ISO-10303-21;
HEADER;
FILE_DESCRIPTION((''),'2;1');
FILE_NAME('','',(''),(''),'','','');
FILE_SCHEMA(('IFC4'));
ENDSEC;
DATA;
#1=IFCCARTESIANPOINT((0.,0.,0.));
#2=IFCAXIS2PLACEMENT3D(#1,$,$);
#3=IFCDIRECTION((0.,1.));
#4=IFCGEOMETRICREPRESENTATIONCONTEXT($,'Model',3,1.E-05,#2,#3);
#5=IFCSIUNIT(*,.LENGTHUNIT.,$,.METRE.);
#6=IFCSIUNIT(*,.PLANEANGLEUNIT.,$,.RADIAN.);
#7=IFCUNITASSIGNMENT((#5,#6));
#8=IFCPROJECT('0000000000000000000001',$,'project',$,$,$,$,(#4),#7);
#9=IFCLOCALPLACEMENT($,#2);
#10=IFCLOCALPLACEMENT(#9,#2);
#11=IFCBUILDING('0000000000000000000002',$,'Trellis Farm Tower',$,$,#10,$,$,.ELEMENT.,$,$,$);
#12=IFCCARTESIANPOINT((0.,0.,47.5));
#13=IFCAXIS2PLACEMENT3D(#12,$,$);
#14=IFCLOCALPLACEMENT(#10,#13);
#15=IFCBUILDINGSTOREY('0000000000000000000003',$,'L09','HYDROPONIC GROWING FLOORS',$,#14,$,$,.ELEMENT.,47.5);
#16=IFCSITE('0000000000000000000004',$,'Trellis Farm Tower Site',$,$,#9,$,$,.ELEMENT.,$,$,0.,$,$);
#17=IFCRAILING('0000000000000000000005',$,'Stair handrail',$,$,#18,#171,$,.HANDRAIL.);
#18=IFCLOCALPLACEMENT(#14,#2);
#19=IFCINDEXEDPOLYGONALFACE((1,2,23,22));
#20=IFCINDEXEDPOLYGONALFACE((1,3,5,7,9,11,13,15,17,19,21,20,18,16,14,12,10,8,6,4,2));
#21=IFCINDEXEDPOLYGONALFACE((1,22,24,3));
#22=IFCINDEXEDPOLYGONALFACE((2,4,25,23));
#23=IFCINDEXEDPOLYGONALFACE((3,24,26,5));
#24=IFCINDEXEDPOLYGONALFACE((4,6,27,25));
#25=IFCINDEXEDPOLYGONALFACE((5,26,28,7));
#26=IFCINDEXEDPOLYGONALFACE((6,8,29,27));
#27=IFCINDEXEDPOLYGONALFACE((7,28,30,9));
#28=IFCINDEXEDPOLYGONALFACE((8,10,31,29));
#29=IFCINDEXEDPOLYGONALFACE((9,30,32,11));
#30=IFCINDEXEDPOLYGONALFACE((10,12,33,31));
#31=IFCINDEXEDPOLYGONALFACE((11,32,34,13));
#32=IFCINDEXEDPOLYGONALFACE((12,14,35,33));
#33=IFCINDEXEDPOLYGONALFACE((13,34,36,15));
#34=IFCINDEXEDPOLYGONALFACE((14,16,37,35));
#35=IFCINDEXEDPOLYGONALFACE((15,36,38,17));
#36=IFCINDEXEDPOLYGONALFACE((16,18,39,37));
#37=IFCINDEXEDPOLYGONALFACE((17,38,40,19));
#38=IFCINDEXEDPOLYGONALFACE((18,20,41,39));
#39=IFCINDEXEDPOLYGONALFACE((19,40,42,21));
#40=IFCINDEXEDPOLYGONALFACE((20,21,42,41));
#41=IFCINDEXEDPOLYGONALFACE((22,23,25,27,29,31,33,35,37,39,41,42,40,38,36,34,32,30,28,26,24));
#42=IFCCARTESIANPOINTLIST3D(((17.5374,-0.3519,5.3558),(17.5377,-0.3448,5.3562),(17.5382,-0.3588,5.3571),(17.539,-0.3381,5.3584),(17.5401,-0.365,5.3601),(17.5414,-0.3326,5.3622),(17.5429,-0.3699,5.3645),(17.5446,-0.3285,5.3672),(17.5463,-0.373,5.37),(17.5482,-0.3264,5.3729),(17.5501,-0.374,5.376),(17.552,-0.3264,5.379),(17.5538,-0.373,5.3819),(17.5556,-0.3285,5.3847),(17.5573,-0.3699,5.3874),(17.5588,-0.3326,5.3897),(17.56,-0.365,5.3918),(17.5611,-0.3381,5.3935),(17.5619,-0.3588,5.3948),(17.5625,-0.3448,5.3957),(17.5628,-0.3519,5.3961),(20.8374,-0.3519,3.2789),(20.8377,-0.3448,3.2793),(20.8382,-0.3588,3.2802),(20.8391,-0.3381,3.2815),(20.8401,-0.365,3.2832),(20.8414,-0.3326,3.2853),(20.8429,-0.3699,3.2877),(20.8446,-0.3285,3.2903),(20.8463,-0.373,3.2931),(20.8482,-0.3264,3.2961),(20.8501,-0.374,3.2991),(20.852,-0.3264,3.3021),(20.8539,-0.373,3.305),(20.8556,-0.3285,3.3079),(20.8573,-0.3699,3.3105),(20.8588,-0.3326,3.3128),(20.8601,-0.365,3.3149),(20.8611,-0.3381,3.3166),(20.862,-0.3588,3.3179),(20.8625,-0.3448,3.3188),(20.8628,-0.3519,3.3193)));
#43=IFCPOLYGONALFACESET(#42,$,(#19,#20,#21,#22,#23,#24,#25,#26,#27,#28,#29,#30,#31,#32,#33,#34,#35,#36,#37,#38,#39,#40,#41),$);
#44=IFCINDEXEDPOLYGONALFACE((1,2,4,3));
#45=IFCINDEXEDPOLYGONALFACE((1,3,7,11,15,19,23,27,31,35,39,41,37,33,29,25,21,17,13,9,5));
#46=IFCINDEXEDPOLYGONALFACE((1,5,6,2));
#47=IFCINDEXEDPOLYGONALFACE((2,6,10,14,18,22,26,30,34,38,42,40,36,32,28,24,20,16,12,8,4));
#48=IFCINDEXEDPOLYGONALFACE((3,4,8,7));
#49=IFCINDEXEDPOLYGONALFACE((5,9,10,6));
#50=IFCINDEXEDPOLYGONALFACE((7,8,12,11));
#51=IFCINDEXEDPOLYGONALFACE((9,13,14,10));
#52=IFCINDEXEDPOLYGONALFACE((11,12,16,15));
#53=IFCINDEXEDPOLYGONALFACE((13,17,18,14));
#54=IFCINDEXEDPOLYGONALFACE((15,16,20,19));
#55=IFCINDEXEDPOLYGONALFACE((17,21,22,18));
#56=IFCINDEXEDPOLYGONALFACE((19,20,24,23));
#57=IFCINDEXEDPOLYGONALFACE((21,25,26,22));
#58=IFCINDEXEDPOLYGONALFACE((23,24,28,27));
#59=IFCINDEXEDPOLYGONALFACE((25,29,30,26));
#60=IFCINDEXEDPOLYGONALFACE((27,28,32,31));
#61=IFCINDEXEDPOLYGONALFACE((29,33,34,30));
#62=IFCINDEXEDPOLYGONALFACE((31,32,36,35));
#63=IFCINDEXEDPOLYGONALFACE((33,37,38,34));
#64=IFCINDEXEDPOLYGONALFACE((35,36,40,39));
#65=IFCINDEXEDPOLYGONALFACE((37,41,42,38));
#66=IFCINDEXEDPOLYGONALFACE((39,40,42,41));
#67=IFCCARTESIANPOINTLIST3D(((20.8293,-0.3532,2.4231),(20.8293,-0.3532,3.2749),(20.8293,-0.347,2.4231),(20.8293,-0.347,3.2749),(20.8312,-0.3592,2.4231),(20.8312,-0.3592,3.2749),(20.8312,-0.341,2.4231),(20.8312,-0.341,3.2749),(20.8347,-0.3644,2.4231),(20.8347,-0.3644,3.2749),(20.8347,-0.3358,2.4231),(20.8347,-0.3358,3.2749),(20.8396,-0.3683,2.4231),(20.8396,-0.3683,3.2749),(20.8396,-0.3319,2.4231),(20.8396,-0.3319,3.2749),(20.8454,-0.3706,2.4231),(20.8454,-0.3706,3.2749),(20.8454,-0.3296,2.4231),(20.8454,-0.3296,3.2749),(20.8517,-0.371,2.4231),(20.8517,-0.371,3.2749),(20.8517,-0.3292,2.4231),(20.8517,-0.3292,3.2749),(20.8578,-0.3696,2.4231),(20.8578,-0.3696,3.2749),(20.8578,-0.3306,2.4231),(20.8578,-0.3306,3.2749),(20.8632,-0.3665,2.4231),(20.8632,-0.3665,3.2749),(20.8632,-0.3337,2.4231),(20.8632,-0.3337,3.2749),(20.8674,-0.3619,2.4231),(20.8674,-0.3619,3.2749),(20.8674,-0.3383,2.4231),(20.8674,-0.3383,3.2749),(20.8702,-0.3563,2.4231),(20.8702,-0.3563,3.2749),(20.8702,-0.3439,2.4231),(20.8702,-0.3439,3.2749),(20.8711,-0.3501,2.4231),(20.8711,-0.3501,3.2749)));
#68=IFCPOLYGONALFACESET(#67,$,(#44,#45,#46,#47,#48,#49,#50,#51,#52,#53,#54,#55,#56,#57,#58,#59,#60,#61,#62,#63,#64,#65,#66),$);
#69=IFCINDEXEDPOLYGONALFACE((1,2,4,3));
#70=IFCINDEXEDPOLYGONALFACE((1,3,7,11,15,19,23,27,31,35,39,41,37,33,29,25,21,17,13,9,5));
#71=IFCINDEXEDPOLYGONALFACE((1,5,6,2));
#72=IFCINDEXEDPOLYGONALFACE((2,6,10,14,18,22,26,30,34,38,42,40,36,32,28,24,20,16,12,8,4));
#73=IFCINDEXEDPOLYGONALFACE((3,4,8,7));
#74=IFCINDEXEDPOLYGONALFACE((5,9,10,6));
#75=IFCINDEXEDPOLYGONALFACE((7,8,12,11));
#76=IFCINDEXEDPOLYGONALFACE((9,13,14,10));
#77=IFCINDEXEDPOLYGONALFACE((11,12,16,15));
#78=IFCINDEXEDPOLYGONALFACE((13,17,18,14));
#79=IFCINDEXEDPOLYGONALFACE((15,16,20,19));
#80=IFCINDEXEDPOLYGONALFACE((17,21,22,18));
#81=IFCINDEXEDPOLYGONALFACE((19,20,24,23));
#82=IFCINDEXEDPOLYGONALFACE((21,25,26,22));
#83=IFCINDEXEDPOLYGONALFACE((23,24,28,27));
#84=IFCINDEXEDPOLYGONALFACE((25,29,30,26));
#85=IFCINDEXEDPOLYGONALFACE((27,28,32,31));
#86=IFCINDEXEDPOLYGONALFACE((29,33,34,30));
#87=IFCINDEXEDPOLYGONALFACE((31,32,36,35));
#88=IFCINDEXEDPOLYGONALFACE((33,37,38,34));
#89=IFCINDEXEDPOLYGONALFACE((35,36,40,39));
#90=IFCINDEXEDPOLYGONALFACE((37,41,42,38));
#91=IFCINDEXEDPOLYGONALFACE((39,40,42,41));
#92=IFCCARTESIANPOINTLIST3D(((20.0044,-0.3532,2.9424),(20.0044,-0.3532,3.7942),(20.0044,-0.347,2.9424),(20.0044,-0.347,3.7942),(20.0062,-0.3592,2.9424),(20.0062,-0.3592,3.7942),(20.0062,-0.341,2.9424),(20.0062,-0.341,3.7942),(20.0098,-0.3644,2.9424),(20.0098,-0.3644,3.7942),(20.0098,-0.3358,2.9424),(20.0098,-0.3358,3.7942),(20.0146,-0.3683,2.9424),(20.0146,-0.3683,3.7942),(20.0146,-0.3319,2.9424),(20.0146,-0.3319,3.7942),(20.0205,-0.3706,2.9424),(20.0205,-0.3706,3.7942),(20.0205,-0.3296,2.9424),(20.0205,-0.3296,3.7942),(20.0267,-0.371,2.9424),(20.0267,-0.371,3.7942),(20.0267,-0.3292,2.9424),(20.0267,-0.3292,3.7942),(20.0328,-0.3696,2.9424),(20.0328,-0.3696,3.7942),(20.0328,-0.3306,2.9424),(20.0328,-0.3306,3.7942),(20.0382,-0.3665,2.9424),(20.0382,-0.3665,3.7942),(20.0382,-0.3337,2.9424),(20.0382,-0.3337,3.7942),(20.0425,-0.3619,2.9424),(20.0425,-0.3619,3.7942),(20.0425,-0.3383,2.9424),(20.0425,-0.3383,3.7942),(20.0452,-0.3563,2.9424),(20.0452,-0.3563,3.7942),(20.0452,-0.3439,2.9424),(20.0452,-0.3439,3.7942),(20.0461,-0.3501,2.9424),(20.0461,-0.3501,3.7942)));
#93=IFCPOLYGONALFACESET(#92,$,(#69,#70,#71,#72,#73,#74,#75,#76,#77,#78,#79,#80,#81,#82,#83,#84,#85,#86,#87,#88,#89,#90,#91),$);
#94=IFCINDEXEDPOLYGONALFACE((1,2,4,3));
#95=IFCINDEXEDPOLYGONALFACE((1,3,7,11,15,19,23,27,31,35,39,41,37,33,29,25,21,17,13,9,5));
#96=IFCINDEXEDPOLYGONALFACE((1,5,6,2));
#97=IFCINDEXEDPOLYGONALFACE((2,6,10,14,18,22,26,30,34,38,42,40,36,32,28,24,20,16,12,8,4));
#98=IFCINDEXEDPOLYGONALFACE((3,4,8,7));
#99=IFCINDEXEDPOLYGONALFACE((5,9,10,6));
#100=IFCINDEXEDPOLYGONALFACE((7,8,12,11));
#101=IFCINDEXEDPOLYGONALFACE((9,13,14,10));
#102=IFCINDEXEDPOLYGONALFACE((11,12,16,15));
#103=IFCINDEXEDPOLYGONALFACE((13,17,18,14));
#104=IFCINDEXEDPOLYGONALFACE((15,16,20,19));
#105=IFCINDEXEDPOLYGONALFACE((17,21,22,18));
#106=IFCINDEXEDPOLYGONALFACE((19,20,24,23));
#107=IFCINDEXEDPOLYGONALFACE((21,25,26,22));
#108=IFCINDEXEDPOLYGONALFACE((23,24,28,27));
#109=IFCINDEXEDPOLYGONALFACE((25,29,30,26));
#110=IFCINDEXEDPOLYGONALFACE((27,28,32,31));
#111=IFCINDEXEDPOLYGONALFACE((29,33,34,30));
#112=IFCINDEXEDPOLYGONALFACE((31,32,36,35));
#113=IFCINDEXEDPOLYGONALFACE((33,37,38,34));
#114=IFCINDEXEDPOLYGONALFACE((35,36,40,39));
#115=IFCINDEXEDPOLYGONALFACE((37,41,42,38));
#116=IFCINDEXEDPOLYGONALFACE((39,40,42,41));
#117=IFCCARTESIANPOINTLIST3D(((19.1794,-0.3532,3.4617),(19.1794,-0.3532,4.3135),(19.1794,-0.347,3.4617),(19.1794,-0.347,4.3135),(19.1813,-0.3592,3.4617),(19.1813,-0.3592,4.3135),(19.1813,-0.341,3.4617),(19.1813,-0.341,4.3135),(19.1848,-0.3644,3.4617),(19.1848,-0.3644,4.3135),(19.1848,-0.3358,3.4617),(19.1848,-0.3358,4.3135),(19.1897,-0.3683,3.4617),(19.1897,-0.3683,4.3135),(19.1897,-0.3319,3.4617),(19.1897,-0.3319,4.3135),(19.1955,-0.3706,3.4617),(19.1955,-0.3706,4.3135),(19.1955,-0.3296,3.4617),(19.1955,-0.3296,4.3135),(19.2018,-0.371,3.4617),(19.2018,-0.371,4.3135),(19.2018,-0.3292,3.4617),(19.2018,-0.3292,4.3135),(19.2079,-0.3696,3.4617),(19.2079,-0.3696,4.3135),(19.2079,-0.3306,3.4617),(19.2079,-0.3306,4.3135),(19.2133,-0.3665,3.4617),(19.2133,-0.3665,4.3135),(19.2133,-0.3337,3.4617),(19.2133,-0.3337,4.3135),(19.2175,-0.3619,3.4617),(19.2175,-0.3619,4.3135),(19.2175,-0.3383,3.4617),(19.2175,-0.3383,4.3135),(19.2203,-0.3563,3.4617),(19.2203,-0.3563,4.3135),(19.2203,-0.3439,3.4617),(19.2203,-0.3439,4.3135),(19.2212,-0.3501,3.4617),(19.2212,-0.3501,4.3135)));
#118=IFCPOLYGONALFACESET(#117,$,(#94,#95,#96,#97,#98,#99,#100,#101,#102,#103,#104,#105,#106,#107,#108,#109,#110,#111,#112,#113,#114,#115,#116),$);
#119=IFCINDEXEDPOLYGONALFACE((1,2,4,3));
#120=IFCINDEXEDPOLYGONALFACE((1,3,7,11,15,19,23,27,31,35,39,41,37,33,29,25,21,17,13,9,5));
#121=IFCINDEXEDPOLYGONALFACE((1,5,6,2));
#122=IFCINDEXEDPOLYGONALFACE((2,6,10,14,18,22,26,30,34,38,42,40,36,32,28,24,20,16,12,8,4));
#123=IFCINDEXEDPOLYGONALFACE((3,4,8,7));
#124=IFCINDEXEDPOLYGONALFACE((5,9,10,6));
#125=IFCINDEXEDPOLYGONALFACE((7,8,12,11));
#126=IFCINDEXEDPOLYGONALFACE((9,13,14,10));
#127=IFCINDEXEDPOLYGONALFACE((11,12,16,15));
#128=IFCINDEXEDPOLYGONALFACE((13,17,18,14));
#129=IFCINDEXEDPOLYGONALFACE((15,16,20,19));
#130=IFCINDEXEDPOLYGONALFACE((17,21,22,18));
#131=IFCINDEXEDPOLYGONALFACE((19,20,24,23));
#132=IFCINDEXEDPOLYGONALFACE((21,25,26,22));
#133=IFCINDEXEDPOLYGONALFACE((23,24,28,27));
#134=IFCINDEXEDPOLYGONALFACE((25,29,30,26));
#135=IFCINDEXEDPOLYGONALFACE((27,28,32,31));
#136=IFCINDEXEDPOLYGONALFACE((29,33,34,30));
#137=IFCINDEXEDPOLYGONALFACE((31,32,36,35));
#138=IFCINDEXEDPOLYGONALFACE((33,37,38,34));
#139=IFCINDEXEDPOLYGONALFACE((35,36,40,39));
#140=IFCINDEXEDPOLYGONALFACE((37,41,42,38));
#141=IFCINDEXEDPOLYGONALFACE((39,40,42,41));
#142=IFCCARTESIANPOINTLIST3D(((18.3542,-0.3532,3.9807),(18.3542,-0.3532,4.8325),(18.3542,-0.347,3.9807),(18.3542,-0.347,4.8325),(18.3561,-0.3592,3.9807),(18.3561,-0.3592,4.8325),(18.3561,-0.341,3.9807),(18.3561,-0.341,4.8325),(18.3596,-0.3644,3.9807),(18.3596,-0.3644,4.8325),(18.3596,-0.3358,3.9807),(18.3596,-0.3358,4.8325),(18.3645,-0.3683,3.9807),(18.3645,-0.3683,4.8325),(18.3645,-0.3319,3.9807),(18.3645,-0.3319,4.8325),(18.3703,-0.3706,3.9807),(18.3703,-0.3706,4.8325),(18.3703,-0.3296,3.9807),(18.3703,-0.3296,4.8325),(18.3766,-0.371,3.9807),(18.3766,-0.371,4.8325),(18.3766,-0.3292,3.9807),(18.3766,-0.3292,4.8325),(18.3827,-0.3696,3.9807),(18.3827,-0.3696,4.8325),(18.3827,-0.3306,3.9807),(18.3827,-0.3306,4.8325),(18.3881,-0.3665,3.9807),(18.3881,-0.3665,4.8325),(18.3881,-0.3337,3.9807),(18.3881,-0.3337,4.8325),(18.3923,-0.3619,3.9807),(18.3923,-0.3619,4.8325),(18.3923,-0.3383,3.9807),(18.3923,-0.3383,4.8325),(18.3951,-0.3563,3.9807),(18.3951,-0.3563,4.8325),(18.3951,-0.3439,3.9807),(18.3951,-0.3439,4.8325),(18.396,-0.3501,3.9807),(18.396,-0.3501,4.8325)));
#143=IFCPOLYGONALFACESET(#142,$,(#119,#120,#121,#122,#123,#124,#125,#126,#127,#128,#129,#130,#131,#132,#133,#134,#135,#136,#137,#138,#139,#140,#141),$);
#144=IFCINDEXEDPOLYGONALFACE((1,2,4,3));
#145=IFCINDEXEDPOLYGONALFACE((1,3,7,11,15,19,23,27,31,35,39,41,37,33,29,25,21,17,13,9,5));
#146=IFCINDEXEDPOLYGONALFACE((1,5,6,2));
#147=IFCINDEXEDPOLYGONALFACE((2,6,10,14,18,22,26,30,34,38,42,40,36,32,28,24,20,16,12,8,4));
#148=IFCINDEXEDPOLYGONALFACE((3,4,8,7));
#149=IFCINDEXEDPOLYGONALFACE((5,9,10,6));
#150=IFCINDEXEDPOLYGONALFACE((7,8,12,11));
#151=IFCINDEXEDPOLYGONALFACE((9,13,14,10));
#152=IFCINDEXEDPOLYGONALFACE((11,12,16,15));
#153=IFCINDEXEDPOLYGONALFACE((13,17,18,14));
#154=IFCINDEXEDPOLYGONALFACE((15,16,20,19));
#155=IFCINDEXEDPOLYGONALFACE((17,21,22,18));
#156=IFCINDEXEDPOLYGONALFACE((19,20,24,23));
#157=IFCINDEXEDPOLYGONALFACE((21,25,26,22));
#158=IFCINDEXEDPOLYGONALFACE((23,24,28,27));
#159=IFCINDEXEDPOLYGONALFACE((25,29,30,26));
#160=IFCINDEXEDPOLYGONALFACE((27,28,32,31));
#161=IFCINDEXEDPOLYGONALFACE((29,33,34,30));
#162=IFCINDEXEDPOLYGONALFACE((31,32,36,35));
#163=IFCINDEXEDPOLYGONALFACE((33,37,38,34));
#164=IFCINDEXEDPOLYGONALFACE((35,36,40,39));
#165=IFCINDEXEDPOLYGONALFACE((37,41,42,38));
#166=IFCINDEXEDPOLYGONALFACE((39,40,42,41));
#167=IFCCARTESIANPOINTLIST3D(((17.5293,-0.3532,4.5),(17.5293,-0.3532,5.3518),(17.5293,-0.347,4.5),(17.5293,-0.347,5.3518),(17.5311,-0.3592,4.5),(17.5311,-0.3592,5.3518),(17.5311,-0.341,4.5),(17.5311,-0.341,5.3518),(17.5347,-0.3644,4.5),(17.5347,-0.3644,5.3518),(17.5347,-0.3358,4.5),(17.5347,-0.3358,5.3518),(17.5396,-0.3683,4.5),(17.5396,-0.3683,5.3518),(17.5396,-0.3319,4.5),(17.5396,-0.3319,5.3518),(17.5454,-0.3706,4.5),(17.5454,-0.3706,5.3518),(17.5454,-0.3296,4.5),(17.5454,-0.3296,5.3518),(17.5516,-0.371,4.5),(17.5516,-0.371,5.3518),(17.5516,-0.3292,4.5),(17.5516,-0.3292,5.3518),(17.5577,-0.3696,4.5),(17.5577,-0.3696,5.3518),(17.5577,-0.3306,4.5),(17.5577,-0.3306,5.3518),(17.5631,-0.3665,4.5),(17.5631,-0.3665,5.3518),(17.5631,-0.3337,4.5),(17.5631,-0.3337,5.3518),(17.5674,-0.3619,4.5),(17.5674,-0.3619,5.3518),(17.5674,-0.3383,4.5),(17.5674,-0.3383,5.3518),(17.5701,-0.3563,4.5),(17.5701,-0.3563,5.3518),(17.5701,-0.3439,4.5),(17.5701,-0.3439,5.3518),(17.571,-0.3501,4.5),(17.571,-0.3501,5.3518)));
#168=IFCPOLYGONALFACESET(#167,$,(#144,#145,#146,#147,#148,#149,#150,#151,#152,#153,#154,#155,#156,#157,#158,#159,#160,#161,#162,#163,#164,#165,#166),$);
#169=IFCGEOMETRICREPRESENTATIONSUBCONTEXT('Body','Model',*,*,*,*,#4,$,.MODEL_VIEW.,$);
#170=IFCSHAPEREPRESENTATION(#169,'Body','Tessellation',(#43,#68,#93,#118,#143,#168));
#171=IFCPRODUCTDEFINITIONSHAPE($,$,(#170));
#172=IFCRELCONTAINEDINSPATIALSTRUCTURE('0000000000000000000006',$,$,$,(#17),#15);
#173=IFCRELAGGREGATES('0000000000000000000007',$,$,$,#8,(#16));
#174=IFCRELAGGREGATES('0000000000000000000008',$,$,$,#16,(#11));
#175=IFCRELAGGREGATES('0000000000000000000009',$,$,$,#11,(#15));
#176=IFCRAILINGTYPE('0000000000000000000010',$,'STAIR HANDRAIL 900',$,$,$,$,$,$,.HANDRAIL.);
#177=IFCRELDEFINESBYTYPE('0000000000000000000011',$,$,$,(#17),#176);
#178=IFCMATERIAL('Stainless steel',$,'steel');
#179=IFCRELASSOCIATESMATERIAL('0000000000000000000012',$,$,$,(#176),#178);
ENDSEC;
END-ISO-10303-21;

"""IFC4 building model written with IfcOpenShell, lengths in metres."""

from ifc_helpers import new_model, si_unit, direction, frame, origin, origin_2d, place, context, subcontext, project, spatial, circle, extrude, source, transform, mapped, material, type_object, element, save


model = new_model("IFC4")

# Units and contexts
model_context = context("Model", 3, precision=1e-05, world=origin(), true_north=direction((0.0, 1.0)))
body_context = subcontext(model_context, "Body", "Model", "MODEL_VIEW")
ifc_project = project(units=[si_unit("LENGTHUNIT", "METRE"), si_unit("PLANEANGLEUNIT", "RADIAN")], contexts=[model_context])

# Site, building, storey
site_placement = place(None, origin())
site = spatial("IfcSite", under=ifc_project, at=site_placement, Name="Trellis Farm Tower Site", CompositionType="ELEMENT", RefElevation=0.0)
building_placement = place(site_placement, origin())
building = spatial("IfcBuilding", under=site, at=building_placement, Name="Trellis Farm Tower", CompositionType="ELEMENT")
storey_placement = place(building_placement, frame((0.0, 0.0, 47.5)))
storey = spatial("IfcBuildingStorey", under=building, at=storey_placement, Name="L09", Description="HYDROPONIC GROWING FLOORS", CompositionType="ELEMENT", Elevation=47.5)

# Shared definitions
ifc_material_1 = material(Name="Stainless steel", Category="steel")

# Railing
railing_type = type_object("IfcRailingType", Name="STAIR HANDRAIL 900", PredefinedType="HANDRAIL", material=ifc_material_1)
shared_shape_1 = source(origin(), body_context, "Body", "SweptSolid", [
    extrude(circle(Radius=0.0239, at=origin_2d()), frame((0.0, 0.0, 0.876), z_axis=(-0.846337, 0.0, 0.532647), x_axis=(0.0, -1.0, 0.0)), (0.0, 0.0, 1.0), 3.8992),
    extrude(circle(Radius=0.021, at=origin_2d()), origin(), (0.0, 0.0, 1.0), 0.8518),
    extrude(circle(Radius=0.021, at=origin_2d()), frame((-0.825, 0.0, 0.5193)), (0.0, 0.0, 1.0), 0.8518),
    extrude(circle(Radius=0.021, at=origin_2d()), frame((-1.6499, 0.0, 1.0386)), (0.0, 0.0, 1.0), 0.8518),
    extrude(circle(Radius=0.021, at=origin_2d()), frame((-2.4751, 0.0, 1.5576)), (0.0, 0.0, 1.0), 0.8518),
    extrude(circle(Radius=0.021, at=origin_2d()), frame((-3.3, 0.0, 2.0769)), (0.0, 0.0, 1.0), 0.8518),
])
for number, where, name in (
    (1, (20.8501, -0.3501, 2.4231), "Stair handrail"),
):
    element("IfcRailing", number, at=place(storey_placement, frame(where)), inside=storey, type_object=railing_type, Name=name, PredefinedType="HANDRAIL", context=body_context, shape_type="MappedRepresentation", body=[
        mapped(shared_shape_1, transform((0.0, 0.0, 0.0))),
    ])

save(model, "model.ifc")
